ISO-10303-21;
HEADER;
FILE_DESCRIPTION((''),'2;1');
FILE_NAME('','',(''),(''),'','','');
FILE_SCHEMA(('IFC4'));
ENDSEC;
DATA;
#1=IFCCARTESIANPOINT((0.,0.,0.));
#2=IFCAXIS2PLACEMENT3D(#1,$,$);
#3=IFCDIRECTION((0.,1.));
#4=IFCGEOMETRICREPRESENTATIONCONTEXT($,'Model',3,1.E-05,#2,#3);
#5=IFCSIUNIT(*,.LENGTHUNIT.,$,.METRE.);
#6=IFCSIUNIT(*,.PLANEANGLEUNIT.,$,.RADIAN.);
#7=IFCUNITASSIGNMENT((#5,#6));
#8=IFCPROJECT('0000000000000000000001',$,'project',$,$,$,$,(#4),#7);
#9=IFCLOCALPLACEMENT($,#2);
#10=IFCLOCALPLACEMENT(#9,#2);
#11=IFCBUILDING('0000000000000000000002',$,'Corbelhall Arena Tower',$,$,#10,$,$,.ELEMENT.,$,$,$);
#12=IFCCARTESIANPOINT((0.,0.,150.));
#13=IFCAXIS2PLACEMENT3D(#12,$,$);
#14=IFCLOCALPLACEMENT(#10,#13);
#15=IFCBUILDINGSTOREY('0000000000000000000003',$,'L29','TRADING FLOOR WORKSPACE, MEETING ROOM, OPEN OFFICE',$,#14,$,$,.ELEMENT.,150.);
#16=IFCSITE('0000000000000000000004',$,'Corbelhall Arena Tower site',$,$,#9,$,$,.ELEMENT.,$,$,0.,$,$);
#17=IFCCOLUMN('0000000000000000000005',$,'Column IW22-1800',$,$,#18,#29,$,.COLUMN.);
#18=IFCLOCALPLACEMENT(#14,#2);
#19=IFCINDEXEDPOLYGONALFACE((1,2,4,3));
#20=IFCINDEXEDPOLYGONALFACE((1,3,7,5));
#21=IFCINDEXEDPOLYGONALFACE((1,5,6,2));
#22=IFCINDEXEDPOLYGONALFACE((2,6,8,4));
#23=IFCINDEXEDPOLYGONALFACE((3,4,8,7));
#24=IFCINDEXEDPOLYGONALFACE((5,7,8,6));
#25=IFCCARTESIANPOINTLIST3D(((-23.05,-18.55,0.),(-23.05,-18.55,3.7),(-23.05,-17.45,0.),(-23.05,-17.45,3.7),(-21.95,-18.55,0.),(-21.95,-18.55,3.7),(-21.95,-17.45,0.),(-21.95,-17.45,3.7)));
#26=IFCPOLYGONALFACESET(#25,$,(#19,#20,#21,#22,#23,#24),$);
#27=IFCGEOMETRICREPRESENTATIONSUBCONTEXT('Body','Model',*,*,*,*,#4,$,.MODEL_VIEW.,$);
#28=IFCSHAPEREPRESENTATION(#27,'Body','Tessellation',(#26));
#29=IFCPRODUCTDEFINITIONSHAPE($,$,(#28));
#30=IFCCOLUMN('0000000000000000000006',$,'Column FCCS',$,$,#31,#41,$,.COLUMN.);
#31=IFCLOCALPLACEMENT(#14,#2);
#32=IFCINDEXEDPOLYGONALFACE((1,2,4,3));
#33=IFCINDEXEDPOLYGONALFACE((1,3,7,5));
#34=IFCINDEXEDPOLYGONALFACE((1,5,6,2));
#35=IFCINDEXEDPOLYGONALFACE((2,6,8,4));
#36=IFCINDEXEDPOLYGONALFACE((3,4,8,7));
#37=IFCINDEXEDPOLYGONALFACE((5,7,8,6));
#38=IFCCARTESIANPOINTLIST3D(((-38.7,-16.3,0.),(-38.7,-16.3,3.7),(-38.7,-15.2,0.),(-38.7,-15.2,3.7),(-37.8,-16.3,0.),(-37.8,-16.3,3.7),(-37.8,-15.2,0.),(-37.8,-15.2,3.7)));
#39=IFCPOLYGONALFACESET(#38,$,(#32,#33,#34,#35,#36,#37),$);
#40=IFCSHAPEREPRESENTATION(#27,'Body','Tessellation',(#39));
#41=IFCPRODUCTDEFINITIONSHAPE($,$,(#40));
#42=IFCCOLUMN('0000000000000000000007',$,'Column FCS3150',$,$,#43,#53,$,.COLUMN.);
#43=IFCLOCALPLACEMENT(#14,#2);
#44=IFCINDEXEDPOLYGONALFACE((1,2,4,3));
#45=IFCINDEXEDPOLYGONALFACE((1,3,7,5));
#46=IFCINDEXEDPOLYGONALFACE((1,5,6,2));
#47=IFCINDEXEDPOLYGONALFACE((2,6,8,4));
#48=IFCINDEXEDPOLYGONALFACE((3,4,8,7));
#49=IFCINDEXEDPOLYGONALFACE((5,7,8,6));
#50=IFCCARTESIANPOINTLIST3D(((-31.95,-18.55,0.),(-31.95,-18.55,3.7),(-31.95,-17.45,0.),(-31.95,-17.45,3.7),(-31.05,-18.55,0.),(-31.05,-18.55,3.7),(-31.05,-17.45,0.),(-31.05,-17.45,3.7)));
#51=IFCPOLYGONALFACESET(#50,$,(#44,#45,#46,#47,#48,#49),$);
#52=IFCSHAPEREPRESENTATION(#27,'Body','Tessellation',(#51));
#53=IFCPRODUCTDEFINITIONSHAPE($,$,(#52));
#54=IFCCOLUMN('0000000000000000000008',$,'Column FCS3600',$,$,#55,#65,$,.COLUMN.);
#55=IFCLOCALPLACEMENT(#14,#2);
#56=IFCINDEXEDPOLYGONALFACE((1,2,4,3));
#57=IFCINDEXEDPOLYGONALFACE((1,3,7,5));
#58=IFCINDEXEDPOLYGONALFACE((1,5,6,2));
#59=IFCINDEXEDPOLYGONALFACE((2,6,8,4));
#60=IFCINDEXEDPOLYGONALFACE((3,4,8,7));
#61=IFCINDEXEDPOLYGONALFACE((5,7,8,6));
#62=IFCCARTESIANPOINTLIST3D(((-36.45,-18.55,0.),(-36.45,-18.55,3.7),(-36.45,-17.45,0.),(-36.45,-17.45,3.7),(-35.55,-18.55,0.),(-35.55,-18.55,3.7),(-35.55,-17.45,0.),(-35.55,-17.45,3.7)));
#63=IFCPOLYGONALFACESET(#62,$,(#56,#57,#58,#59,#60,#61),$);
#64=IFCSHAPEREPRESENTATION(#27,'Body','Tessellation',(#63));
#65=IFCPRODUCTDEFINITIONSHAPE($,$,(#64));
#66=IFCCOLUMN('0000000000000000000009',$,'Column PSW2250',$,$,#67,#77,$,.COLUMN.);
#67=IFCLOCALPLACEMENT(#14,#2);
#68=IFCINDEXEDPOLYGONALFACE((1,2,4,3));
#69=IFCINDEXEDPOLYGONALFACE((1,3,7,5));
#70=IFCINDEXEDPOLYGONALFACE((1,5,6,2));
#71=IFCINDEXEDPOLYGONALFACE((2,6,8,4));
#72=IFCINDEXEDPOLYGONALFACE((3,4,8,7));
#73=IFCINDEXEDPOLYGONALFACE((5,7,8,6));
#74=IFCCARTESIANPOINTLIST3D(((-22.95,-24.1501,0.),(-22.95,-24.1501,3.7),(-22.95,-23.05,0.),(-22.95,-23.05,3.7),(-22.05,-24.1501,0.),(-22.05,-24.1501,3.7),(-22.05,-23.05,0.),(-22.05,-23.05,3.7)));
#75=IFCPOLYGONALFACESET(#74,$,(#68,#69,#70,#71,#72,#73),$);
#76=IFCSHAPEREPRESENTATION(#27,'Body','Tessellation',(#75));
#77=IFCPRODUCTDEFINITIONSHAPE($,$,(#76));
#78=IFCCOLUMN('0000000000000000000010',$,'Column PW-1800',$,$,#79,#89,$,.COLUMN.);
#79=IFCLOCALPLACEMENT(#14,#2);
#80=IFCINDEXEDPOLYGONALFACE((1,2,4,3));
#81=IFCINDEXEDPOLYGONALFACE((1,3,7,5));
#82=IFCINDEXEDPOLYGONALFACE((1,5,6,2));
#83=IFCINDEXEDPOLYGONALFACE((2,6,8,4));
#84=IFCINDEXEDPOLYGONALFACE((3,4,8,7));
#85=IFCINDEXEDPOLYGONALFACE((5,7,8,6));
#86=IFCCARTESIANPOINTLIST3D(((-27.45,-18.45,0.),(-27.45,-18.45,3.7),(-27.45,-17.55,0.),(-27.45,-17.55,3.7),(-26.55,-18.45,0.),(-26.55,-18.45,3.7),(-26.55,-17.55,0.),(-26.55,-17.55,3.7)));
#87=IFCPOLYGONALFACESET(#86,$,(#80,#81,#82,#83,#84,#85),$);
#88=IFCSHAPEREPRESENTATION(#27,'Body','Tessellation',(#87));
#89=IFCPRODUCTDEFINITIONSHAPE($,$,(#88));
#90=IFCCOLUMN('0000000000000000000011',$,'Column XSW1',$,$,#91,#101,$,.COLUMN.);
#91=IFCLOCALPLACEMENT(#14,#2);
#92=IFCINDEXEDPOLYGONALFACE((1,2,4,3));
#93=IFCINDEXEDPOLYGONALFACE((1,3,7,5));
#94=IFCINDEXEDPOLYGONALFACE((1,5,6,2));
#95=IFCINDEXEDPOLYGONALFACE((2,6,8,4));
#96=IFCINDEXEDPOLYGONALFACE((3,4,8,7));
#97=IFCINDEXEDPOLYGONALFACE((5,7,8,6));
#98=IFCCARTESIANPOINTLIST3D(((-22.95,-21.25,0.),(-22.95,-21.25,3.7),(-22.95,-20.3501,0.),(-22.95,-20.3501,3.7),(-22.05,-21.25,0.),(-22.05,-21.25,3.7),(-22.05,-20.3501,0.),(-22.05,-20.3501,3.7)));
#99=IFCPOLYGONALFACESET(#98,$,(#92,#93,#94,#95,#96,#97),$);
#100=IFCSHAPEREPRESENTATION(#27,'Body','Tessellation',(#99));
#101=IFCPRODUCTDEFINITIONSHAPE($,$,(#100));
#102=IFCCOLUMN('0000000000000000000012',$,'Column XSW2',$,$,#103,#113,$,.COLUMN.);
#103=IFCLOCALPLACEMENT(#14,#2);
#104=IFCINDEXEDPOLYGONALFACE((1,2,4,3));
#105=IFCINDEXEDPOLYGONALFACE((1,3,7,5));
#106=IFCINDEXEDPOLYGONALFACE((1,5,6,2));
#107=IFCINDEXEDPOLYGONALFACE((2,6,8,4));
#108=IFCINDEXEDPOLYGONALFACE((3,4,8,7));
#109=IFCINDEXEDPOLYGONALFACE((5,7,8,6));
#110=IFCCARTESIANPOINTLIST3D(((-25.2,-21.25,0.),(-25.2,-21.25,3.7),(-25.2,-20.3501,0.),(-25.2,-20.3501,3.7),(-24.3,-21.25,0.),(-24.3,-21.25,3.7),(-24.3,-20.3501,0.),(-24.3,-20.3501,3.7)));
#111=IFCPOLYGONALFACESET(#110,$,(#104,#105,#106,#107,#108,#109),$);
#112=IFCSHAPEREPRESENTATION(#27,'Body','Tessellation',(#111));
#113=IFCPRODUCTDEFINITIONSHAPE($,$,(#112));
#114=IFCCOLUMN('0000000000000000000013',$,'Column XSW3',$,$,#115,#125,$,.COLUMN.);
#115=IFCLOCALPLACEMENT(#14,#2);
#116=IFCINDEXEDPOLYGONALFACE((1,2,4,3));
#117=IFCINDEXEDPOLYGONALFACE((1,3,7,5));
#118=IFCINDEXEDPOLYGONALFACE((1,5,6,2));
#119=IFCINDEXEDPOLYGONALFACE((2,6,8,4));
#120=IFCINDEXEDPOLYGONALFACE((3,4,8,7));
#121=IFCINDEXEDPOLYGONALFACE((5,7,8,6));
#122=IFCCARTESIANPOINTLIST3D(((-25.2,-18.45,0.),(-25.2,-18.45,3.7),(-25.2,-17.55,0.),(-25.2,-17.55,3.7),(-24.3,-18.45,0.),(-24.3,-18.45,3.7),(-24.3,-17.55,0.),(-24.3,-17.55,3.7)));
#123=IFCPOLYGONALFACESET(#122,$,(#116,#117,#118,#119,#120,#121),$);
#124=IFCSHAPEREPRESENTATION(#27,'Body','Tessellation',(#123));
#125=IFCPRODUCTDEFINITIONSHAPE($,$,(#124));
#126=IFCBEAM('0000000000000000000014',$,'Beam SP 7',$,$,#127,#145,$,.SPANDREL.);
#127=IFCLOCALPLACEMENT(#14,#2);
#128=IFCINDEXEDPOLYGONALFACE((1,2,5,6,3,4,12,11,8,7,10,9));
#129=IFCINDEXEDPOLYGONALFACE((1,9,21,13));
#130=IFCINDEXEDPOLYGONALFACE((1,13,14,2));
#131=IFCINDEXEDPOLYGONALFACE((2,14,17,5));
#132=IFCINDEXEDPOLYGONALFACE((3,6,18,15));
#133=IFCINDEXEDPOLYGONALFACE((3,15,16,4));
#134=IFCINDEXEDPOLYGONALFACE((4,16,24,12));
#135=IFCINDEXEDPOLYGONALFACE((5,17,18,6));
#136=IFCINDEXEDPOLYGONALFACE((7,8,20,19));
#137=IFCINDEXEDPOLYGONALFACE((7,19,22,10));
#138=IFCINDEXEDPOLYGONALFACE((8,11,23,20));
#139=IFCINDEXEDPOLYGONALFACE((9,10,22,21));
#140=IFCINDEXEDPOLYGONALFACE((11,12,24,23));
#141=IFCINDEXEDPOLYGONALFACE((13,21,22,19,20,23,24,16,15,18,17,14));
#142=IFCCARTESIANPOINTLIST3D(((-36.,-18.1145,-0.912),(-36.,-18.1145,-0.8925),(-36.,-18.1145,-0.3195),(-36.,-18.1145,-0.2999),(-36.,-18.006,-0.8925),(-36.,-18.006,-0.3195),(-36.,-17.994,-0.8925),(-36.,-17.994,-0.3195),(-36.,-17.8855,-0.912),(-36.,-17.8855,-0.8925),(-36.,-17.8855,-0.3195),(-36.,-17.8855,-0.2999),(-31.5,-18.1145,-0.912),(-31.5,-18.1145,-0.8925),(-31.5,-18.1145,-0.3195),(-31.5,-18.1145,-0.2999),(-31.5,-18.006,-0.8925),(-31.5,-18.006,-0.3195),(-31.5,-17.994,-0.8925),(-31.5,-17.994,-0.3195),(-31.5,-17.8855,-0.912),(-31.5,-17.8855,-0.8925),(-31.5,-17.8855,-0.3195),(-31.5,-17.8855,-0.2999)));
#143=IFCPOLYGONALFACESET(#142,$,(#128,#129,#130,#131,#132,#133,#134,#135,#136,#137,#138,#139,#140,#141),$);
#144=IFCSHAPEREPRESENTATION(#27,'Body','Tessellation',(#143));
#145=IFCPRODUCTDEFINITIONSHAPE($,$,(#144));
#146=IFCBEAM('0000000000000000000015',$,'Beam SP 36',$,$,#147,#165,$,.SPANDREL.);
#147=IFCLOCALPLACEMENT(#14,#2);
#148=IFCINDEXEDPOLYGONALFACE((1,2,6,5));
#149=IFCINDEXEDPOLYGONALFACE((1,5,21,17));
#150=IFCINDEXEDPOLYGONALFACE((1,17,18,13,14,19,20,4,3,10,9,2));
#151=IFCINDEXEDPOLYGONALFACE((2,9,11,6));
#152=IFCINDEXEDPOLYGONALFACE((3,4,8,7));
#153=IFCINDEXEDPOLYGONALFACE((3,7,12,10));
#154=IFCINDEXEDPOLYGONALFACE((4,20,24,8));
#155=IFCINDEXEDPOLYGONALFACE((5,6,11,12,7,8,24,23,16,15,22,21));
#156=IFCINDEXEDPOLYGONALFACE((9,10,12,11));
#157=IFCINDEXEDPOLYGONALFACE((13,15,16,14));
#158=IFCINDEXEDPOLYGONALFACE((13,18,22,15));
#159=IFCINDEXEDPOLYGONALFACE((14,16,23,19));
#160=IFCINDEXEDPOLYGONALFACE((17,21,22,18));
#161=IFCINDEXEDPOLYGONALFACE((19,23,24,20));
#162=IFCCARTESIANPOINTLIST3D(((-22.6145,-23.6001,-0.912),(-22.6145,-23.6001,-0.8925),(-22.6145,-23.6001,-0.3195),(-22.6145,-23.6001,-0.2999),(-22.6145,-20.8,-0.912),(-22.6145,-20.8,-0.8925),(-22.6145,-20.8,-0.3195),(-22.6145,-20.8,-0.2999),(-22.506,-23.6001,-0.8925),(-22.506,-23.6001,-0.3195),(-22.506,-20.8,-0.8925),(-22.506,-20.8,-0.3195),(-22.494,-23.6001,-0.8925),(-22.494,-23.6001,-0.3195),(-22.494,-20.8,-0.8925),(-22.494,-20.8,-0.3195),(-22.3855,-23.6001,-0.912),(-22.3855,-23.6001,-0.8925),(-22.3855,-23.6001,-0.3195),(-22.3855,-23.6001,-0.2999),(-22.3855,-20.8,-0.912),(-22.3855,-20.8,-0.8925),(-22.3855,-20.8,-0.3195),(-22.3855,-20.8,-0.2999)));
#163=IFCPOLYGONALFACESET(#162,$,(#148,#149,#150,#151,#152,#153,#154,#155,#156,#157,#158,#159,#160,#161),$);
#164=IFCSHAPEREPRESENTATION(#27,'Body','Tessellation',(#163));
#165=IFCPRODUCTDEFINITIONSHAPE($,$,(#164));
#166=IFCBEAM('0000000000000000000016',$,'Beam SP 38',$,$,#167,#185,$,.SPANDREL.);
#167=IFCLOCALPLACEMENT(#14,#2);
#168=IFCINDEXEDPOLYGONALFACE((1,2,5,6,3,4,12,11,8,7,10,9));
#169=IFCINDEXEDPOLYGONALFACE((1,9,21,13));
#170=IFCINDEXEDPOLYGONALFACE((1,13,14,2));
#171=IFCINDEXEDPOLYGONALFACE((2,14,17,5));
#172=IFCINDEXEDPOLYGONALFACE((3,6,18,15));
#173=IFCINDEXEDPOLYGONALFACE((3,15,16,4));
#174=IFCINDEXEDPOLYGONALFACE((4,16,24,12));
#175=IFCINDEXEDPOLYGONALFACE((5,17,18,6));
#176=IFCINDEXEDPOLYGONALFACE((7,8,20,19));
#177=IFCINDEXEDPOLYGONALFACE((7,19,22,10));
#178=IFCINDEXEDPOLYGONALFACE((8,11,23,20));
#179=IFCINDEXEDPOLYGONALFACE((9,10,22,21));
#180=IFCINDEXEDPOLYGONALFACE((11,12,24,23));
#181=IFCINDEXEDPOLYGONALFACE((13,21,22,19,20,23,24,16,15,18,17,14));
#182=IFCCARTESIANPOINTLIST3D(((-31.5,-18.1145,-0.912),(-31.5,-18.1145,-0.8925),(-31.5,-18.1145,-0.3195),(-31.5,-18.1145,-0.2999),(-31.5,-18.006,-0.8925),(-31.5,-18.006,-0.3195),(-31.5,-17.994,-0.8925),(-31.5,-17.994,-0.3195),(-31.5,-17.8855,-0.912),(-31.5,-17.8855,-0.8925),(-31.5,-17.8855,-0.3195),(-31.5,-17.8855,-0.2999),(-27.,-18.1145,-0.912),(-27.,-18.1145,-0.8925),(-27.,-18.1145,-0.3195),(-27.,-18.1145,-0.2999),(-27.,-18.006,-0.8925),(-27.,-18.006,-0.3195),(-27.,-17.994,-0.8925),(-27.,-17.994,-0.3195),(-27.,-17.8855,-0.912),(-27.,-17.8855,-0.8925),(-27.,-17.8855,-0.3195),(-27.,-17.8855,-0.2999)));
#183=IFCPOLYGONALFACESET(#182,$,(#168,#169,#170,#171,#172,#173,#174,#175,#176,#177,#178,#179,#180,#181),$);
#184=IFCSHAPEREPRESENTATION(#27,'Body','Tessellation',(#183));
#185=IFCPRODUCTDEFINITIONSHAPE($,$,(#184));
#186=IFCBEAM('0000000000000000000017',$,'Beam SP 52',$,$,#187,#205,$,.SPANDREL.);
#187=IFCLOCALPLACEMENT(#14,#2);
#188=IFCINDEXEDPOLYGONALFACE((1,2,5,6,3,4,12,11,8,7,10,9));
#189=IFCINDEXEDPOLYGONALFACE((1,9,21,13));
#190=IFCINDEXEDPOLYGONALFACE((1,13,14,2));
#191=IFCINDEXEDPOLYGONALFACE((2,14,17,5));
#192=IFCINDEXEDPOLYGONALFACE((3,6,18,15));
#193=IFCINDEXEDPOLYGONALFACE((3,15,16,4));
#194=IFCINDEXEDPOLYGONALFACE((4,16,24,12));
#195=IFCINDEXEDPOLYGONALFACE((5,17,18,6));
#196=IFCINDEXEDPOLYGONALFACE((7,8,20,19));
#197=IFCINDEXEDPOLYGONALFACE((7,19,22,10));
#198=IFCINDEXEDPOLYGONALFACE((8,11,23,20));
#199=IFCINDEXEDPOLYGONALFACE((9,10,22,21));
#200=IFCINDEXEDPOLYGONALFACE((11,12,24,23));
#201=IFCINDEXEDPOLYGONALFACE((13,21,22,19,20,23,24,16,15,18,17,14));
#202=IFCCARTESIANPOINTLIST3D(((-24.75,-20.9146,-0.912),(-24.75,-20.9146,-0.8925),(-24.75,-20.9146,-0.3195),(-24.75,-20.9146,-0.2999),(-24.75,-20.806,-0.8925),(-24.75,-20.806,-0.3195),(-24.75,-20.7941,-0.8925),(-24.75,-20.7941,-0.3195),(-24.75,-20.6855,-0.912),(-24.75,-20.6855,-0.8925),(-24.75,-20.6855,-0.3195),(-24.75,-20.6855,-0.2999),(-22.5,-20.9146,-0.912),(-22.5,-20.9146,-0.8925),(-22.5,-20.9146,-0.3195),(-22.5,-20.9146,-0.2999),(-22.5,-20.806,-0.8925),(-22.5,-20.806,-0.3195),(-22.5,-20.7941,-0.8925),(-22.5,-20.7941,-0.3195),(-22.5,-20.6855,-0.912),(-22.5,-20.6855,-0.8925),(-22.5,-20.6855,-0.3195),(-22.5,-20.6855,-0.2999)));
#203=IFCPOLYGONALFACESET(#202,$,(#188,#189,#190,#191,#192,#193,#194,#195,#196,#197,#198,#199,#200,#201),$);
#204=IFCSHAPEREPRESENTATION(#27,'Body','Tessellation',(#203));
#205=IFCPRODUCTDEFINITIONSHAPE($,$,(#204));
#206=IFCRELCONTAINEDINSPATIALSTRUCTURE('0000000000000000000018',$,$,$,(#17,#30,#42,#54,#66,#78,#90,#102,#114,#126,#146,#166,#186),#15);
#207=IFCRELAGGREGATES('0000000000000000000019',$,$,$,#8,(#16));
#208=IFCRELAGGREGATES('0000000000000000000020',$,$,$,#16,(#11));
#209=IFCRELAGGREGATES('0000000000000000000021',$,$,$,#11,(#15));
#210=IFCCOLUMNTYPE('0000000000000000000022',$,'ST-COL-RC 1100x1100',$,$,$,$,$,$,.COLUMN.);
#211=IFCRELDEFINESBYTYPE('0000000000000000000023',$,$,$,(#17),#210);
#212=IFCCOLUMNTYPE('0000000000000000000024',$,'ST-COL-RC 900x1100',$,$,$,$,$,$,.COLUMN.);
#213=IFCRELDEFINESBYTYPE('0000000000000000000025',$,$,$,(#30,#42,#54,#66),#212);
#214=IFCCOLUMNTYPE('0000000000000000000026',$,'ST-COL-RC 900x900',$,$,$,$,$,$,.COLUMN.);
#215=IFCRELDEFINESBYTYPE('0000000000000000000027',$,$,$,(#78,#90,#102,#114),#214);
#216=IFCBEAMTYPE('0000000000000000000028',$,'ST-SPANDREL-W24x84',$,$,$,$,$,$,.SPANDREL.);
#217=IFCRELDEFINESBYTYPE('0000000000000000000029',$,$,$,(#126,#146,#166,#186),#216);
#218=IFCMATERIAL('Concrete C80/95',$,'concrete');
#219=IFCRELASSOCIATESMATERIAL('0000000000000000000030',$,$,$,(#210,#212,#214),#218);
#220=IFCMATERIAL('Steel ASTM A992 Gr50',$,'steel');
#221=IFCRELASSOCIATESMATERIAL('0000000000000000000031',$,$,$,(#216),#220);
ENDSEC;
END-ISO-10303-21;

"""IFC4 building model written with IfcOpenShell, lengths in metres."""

from ifc_helpers import new_model, si_unit, direction, frame, origin, origin_2d, place, context, subcontext, project, spatial, rectangle, i_section, extrude, material, material_profile, profile_set, type_object, element, save


model = new_model("IFC4")

# Units and contexts
model_context = context("Model", 3, precision=1e-05, world=origin(), true_north=direction((0.0, 1.0)))
body_context = subcontext(model_context, "Body", "Model", "MODEL_VIEW")
ifc_project = project(units=[si_unit("LENGTHUNIT", "METRE"), si_unit("PLANEANGLEUNIT", "RADIAN")], contexts=[model_context])

# Site, building, storey
site_placement = place(None, origin())
site = spatial("IfcSite", under=ifc_project, at=site_placement, Name="Corbelhall Arena Tower site", CompositionType="ELEMENT", RefElevation=0.0)
building_placement = place(site_placement, origin())
building = spatial("IfcBuilding", under=site, at=building_placement, Name="Corbelhall Arena Tower", CompositionType="ELEMENT")
storey_placement = place(building_placement, frame((0.0, 0.0, 150.0)))
storey = spatial("IfcBuildingStorey", under=building, at=storey_placement, Name="L29", Description="TRADING FLOOR WORKSPACE, MEETING ROOM, OPEN OFFICE", CompositionType="ELEMENT", Elevation=150.0)

# Columns
ifc_material_1 = material(Name="Concrete C80/95", Category="concrete")
ifc_material_profile_1 = material_profile(ifc_material_1, rectangle(XDim=1.1001, YDim=1.1001, at=origin_2d()))
ifc_profile_set_1 = profile_set([ifc_material_profile_1], Name="Concrete C80/95")
column_type_1 = type_object("IfcColumnType", Name="ST-COL-RC 1100x1100", PredefinedType="COLUMN", material=ifc_profile_set_1)
column_placement = place(storey_placement, frame((-22.5, -18.0, 0.0), z_axis=(0.0, 0.0, 1.0), x_axis=(1.0, 0.0, 0.0)))
element("IfcColumn", 1, at=column_placement, inside=storey, type_object=column_type_1, Name="Column IW22-1800", PredefinedType="COLUMN", context=body_context, shape_type="SweptSolid", body=[
    extrude(rectangle(XDim=1.1001, YDim=1.1001, at=origin_2d()), origin(), (0.0, 0.0, 1.0), 3.7),
])
ifc_material_profile_2 = material_profile(ifc_material_1, rectangle(XDim=0.8999, YDim=1.1001, at=origin_2d()))
ifc_profile_set_2 = profile_set([ifc_material_profile_2], Name="Concrete C80/95")
column_type_2 = type_object("IfcColumnType", Name="ST-COL-RC 900x1100", PredefinedType="COLUMN", material=ifc_profile_set_2)
for number, where, z_axis, x_axis, name in (
    (2, (-38.25, -15.75, 0.0), (0.0, 0.0, 1.0), (1.0, 0.0, 0.0), "Column FCCS"),
    (3, (-31.5, -18.0, 0.0), (0.0, 0.0, 1.0), (1.0, 0.0, 0.0), "Column FCS3150"),
    (4, (-36.0, -18.0, 0.0), (0.0, 0.0, 1.0), (1.0, 0.0, 0.0), "Column FCS3600"),
    (5, (-22.5, -23.6001, 0.0), (0.0, 0.0, 1.0), (1.0, 0.0, 0.0), "Column PSW2250"),
):
    element("IfcColumn", number, at=place(storey_placement, frame(where, z_axis=z_axis, x_axis=x_axis)), inside=storey, type_object=column_type_2, Name=name, PredefinedType="COLUMN", context=body_context, shape_type="SweptSolid", body=[
        extrude(rectangle(XDim=0.8999, YDim=1.1001, at=origin_2d()), origin(), (0.0, 0.0, 1.0), 3.7),
    ])
ifc_material_profile_3 = material_profile(ifc_material_1, rectangle(XDim=0.8999, YDim=0.8999, at=origin_2d()))
ifc_profile_set_3 = profile_set([ifc_material_profile_3], Name="Concrete C80/95")
column_type_3 = type_object("IfcColumnType", Name="ST-COL-RC 900x900", PredefinedType="COLUMN", material=ifc_profile_set_3)
for number, where, z_axis, x_axis, name in (
    (6, (-27.0, -18.0, 0.0), (0.0, 0.0, 1.0), (1.0, 0.0, 0.0), "Column PW-1800"),
    (7, (-22.5, -20.8, 0.0), (0.0, 0.0, 1.0), (1.0, 0.0, 0.0), "Column XSW1"),
    (8, (-24.75, -20.8, 0.0), (0.0, 0.0, 1.0), (1.0, 0.0, 0.0), "Column XSW2"),
    (9, (-24.75, -18.0, 0.0), (0.0, 0.0, 1.0), (1.0, 0.0, 0.0), "Column XSW3"),
):
    element("IfcColumn", number, at=place(storey_placement, frame(where, z_axis=z_axis, x_axis=x_axis)), inside=storey, type_object=column_type_3, Name=name, PredefinedType="COLUMN", context=body_context, shape_type="SweptSolid", body=[
        extrude(rectangle(XDim=0.8999, YDim=0.8999, at=origin_2d()), origin(), (0.0, 0.0, 1.0), 3.7),
    ])

# Beams
ifc_material_2 = material(Name="Steel ASTM A992 Gr50", Category="steel")
ifc_material_profile_4 = material_profile(ifc_material_2, i_section(OverallWidth=0.229, OverallDepth=0.6121, WebThickness=0.012, FlangeThickness=0.0195, at=origin_2d()))
ifc_profile_set_4 = profile_set([ifc_material_profile_4], Name="Steel ASTM A992 Gr50")
beam_type = type_object("IfcBeamType", Name="ST-SPANDREL-W24x84", PredefinedType="SPANDREL", material=ifc_profile_set_4)
beam_1_placement = place(storey_placement, frame((-31.5, -18.0, -0.606), z_axis=(-1.0, 0.0, 0.0), x_axis=(0.0, -1.0, 0.0)))
element("IfcBeam", 10, at=beam_1_placement, inside=storey, type_object=beam_type, Name="Beam SP 7", PredefinedType="SPANDREL", context=body_context, shape_type="SweptSolid", body=[
    extrude(i_section(OverallWidth=0.229, OverallDepth=0.6121, WebThickness=0.012, FlangeThickness=0.0195, at=origin_2d()), origin(), (0.0, 0.0, 1.0), 4.5),
])
beam_2_placement = place(storey_placement, frame((-22.5, -23.6001, -0.606), z_axis=(0.0, 1.0, 0.0), x_axis=(-1.0, 0.0, 0.0)))
element("IfcBeam", 11, at=beam_2_placement, inside=storey, type_object=beam_type, Name="Beam SP 36", PredefinedType="SPANDREL", context=body_context, shape_type="SweptSolid", body=[
    extrude(i_section(OverallWidth=0.229, OverallDepth=0.6121, WebThickness=0.012, FlangeThickness=0.0195, at=origin_2d()), origin(), (0.0, 0.0, 1.0), 2.8),
])
beam_3_placement = place(storey_placement, frame((-27.0, -18.0, -0.606), z_axis=(-1.0, 0.0, 0.0), x_axis=(0.0, -1.0, 0.0)))
element("IfcBeam", 12, at=beam_3_placement, inside=storey, type_object=beam_type, Name="Beam SP 38", PredefinedType="SPANDREL", context=body_context, shape_type="SweptSolid", body=[
    extrude(i_section(OverallWidth=0.229, OverallDepth=0.6121, WebThickness=0.012, FlangeThickness=0.0195, at=origin_2d()), origin(), (0.0, 0.0, 1.0), 4.5),
])
beam_4_placement = place(storey_placement, frame((-22.5, -20.8, -0.606), z_axis=(-1.0, 0.0, 0.0), x_axis=(0.0, -1.0, 0.0)))
element("IfcBeam", 13, at=beam_4_placement, inside=storey, type_object=beam_type, Name="Beam SP 52", PredefinedType="SPANDREL", context=body_context, shape_type="SweptSolid", body=[
    extrude(i_section(OverallWidth=0.229, OverallDepth=0.6121, WebThickness=0.012, FlangeThickness=0.0195, at=origin_2d()), origin(), (0.0, 0.0, 1.0), 2.25),
])

save(model, "model.ifc")
